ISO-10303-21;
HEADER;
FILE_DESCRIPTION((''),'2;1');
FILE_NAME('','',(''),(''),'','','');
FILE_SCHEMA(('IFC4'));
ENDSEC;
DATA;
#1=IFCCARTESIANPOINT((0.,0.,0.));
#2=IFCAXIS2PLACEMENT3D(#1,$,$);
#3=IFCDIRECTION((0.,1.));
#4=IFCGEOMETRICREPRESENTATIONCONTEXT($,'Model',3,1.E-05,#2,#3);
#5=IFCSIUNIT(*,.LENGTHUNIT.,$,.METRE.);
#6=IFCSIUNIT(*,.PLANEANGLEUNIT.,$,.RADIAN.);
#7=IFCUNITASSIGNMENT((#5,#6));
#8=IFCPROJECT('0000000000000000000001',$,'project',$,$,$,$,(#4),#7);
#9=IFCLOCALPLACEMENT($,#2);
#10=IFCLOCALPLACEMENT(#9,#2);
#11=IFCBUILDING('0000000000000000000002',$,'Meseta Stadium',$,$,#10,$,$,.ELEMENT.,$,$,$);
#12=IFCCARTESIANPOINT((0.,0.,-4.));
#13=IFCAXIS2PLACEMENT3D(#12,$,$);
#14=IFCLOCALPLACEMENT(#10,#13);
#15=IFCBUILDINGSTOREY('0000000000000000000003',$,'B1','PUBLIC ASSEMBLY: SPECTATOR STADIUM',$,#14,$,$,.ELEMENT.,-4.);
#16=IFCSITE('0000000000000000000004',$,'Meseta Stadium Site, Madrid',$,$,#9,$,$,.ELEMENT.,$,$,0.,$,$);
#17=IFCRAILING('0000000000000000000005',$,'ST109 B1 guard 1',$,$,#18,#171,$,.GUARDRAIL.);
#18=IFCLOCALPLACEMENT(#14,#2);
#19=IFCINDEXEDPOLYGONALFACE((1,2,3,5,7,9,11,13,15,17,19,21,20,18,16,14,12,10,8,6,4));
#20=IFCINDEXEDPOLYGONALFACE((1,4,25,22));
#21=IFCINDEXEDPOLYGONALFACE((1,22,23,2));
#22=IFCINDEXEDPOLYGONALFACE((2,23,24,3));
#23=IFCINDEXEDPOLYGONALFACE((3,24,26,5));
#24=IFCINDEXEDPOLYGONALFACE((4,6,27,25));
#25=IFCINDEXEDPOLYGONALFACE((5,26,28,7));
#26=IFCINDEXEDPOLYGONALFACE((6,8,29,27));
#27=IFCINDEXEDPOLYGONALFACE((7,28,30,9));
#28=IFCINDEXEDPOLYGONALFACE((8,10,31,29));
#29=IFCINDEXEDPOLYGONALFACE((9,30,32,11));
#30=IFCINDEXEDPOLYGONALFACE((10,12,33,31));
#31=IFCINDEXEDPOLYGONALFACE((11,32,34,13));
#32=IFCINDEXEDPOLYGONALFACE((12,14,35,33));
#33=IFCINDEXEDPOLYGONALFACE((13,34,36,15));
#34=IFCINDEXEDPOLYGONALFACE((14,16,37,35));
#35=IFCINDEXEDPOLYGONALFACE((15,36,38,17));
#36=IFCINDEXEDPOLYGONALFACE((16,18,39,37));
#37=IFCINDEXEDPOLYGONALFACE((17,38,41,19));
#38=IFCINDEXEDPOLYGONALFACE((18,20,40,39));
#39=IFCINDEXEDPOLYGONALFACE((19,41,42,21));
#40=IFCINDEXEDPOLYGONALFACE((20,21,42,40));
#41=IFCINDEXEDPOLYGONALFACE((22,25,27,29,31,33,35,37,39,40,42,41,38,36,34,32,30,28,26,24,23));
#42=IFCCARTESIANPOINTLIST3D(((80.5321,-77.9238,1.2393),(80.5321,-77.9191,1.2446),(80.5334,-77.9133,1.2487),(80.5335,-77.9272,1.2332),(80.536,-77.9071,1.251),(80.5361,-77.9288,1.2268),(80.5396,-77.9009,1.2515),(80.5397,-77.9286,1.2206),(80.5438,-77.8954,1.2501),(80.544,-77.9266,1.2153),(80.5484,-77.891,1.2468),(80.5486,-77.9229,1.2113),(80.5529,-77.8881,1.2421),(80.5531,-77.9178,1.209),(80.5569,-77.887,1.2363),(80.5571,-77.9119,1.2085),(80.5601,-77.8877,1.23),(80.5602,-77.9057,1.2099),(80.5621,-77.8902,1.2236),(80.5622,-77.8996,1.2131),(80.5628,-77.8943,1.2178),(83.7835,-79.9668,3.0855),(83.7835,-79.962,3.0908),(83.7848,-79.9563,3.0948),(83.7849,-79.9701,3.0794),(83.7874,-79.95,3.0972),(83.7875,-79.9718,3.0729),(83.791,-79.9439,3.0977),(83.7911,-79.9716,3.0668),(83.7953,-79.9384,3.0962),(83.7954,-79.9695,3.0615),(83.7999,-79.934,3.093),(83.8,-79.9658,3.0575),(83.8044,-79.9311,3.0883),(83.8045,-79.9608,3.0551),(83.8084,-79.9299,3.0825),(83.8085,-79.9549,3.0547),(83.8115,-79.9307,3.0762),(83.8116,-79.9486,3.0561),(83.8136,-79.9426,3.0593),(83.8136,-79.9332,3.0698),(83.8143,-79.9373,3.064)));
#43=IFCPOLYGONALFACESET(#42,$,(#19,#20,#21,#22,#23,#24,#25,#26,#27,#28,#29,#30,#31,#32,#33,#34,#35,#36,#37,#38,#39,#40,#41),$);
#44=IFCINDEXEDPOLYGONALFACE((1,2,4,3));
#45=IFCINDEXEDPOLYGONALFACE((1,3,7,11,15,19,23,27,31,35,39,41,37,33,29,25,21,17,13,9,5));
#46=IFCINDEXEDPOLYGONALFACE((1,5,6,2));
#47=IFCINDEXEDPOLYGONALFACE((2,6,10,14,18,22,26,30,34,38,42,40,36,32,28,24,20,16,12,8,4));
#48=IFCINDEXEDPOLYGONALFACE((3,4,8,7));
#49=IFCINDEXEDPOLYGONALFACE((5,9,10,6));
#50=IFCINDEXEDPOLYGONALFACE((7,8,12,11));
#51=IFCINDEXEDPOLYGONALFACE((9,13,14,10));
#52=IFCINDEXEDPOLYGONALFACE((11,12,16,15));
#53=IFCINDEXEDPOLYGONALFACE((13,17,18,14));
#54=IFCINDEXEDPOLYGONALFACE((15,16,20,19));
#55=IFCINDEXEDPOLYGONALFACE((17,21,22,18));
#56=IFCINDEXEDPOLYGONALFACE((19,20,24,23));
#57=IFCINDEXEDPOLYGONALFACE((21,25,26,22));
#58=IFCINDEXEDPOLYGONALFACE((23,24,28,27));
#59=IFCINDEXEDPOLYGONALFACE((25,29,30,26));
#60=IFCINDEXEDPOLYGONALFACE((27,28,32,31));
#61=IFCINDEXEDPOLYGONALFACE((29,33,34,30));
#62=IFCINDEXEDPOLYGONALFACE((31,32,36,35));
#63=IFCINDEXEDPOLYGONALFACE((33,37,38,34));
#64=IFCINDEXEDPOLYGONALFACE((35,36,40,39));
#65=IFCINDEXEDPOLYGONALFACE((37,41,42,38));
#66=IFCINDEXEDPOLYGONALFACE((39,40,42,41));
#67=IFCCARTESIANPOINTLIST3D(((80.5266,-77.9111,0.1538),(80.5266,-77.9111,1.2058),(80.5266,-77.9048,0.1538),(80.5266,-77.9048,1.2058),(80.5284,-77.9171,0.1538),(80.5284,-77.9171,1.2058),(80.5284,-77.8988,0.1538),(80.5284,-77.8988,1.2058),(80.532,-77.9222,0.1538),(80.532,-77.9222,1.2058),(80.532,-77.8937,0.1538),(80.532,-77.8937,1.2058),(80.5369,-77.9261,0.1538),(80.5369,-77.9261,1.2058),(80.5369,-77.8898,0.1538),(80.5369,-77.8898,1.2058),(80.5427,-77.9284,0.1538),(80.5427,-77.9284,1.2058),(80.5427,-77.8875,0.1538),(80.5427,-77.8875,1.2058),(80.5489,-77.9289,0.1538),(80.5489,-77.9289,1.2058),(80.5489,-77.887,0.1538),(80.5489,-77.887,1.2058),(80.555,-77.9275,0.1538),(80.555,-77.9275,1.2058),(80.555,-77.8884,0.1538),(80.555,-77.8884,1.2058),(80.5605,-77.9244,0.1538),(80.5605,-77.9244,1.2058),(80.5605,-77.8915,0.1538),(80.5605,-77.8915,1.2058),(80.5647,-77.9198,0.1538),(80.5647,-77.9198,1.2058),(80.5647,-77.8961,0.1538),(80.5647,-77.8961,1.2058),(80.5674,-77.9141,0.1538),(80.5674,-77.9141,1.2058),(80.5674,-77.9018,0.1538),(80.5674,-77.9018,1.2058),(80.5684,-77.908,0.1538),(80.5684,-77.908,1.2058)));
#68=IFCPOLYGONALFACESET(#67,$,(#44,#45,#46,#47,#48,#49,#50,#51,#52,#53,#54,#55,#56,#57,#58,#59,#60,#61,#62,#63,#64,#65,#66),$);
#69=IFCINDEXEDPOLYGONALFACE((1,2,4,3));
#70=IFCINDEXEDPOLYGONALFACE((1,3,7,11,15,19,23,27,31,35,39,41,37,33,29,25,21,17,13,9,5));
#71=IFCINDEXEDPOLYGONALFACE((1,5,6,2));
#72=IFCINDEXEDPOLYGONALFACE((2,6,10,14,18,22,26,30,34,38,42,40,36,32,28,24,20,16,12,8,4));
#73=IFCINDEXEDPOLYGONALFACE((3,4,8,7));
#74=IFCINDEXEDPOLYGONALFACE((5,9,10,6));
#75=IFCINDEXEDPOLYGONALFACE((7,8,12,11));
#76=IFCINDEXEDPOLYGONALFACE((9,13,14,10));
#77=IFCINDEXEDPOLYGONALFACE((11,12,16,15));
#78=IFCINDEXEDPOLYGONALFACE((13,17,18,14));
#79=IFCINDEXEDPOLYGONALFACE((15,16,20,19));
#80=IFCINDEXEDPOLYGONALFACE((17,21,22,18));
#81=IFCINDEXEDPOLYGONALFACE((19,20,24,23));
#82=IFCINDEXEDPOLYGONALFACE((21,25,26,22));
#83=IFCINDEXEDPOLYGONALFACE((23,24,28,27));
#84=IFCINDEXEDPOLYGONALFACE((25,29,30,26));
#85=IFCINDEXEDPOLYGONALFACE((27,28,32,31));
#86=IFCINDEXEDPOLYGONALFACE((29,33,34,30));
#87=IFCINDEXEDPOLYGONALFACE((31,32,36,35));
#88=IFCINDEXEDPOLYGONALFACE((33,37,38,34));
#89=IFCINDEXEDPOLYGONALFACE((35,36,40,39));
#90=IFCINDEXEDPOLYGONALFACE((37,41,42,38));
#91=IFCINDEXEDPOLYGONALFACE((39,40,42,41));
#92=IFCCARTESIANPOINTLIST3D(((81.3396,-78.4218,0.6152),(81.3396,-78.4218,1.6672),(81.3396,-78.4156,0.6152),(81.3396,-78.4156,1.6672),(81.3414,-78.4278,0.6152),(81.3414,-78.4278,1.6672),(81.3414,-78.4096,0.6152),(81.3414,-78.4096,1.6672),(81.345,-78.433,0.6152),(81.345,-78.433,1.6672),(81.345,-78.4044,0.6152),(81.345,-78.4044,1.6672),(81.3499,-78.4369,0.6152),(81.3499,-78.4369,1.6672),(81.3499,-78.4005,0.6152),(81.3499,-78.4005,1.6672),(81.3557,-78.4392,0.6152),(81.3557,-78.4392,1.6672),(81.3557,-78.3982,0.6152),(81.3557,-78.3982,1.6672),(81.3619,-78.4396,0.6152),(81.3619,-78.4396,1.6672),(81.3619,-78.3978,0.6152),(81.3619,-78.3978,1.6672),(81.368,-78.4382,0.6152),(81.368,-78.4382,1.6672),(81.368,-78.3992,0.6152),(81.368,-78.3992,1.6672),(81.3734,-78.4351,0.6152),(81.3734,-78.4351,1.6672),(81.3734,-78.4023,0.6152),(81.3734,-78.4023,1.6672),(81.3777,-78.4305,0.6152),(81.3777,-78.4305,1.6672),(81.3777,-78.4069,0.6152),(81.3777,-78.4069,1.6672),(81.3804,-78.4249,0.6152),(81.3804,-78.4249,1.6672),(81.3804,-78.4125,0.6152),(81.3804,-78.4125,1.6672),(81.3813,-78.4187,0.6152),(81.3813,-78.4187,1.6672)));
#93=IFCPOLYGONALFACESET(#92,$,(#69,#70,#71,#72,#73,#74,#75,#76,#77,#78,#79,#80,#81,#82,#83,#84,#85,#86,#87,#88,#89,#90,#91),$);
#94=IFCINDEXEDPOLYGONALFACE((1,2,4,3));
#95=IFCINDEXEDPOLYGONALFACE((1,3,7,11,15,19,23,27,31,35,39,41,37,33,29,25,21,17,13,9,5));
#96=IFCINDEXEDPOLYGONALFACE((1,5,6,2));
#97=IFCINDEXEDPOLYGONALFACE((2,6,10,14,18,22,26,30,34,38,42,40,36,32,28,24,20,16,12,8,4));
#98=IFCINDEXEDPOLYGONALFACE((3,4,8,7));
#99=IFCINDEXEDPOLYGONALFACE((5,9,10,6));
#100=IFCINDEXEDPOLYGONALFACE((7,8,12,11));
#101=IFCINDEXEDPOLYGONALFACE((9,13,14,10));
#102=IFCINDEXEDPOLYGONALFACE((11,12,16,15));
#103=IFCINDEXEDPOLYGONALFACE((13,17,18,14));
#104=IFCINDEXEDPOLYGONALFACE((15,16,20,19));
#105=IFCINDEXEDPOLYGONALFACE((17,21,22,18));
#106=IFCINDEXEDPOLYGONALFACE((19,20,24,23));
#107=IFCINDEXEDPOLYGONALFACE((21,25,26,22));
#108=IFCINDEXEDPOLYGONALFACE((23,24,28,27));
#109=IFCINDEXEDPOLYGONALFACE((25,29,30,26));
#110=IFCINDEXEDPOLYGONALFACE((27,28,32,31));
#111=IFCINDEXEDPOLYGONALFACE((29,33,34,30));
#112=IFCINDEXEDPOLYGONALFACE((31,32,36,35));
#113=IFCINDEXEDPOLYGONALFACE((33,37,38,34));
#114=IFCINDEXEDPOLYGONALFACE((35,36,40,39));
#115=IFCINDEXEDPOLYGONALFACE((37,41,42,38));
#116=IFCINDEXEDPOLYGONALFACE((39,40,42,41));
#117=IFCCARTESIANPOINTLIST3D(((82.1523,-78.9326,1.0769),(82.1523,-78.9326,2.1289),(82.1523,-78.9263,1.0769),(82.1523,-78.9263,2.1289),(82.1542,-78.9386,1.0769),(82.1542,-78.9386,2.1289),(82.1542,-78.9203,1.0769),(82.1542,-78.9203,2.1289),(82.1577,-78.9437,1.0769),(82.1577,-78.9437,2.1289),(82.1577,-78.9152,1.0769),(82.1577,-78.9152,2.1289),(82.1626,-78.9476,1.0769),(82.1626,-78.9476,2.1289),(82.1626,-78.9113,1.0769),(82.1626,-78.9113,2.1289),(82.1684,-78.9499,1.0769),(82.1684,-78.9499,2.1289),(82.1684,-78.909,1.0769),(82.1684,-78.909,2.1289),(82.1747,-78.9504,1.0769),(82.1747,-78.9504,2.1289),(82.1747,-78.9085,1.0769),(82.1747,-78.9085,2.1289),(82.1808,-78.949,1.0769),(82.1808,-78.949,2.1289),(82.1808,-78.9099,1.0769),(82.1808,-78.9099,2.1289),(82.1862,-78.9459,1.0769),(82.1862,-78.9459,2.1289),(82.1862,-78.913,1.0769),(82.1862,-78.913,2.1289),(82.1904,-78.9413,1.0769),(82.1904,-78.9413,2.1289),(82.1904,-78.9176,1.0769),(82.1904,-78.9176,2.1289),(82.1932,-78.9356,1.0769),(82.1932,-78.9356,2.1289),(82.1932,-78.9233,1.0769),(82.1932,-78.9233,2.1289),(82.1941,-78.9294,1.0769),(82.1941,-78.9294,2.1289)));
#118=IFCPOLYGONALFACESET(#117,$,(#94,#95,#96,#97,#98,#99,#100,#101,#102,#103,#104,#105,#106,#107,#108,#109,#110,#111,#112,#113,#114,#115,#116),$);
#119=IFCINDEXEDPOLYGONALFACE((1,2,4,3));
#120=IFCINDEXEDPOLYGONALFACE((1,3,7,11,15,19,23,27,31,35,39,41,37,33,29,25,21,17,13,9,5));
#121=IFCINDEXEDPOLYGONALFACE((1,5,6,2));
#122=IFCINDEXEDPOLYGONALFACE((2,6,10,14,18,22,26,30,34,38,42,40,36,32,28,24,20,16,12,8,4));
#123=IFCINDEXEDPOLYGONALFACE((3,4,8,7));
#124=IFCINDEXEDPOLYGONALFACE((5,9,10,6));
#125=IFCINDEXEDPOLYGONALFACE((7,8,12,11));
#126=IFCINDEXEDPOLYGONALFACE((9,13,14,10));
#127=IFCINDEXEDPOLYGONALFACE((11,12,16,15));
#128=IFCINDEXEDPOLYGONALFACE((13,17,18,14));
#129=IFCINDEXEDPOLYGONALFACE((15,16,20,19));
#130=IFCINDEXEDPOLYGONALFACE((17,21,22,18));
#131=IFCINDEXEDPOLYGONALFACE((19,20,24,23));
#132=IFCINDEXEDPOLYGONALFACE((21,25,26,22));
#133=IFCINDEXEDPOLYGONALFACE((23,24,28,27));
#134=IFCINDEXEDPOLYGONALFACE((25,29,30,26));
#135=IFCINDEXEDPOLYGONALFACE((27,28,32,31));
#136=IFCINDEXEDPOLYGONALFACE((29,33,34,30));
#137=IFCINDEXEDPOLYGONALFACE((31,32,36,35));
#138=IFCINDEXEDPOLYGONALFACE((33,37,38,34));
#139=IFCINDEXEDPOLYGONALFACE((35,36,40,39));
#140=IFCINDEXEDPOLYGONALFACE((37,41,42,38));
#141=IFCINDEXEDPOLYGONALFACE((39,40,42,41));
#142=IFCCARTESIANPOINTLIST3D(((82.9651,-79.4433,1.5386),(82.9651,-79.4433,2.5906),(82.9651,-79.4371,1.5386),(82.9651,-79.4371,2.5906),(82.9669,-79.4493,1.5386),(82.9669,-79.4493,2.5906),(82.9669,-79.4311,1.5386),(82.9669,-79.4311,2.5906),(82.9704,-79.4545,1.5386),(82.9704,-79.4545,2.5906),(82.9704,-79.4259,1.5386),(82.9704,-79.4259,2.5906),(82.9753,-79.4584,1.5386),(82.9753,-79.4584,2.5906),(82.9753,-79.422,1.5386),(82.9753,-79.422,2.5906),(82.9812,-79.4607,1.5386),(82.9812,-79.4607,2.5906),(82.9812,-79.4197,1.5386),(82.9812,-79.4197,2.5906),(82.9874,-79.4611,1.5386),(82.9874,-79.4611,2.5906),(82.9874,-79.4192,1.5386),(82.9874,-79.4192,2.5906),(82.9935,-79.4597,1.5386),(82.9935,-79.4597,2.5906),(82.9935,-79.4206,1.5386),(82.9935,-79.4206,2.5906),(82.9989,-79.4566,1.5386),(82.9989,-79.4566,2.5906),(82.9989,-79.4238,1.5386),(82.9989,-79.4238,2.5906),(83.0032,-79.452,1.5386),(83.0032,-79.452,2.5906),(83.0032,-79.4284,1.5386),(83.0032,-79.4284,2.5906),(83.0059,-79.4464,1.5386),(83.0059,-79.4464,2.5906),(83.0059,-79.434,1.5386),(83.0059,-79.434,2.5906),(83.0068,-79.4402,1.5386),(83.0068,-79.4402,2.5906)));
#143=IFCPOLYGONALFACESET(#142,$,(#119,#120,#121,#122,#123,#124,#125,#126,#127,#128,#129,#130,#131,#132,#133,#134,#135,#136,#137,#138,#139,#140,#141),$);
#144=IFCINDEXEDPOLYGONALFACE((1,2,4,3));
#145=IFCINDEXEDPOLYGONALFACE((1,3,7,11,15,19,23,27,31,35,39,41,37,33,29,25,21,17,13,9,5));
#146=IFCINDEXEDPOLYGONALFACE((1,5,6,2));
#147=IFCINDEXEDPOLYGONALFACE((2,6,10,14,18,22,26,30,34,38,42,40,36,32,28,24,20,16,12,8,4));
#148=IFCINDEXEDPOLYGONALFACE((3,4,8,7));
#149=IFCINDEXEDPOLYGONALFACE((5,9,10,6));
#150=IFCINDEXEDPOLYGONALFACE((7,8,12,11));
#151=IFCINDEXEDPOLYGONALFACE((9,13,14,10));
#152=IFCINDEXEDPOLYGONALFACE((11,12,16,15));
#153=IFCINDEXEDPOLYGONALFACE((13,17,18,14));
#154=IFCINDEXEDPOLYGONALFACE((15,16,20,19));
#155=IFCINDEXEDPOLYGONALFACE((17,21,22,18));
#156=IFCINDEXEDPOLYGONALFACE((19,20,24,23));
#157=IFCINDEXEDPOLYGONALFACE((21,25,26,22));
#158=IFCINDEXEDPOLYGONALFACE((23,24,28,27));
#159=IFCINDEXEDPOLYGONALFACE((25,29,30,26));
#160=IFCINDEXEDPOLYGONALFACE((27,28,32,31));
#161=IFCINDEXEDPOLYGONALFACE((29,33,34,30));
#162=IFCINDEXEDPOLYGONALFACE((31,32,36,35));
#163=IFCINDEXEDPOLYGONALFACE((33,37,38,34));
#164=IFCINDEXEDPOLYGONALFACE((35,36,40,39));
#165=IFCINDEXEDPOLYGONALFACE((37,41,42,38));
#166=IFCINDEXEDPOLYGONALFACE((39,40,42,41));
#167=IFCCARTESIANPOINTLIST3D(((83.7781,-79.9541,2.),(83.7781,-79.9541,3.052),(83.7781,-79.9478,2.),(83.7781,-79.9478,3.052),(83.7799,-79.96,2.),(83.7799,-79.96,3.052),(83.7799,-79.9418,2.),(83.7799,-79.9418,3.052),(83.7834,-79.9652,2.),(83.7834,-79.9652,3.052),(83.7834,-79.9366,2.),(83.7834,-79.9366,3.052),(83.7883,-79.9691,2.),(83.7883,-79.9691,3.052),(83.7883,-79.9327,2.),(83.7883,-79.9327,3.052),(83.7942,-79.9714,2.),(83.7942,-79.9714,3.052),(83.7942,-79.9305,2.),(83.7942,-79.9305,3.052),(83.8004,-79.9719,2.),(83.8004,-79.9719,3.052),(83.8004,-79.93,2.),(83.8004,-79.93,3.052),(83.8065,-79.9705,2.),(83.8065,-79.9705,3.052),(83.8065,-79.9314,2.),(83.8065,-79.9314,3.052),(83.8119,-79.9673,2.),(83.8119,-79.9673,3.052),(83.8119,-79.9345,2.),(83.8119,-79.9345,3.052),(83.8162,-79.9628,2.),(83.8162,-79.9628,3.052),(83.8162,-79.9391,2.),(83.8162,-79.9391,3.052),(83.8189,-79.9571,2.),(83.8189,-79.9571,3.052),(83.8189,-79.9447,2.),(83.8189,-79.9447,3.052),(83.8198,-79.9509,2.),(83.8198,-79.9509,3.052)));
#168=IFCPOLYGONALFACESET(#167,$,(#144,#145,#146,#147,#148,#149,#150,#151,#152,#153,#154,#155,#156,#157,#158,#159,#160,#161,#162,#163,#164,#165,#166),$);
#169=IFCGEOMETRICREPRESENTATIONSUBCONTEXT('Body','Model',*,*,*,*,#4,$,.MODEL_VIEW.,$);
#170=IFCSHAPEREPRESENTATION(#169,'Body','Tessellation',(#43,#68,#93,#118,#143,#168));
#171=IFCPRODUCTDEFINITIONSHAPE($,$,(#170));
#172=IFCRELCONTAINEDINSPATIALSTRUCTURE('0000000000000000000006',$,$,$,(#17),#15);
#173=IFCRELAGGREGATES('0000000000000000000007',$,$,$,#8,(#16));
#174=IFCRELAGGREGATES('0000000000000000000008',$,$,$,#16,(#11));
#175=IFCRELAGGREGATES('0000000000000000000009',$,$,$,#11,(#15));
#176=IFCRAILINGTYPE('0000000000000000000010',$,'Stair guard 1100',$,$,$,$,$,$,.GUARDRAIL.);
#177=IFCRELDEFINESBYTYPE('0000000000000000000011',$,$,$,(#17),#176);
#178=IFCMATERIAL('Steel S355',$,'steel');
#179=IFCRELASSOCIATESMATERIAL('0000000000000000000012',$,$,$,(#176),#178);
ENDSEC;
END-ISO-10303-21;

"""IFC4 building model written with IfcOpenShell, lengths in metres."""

from ifc_helpers import new_model, si_unit, direction, frame, origin, origin_2d, place, context, subcontext, project, spatial, circle, extrude, material, type_object, element, save


model = new_model("IFC4")

# Units and contexts
model_context = context("Model", 3, precision=1e-05, world=origin(), true_north=direction((0.0, 1.0)))
body_context = subcontext(model_context, "Body", "Model", "MODEL_VIEW")
ifc_project = project(units=[si_unit("LENGTHUNIT", "METRE"), si_unit("PLANEANGLEUNIT", "RADIAN")], contexts=[model_context])

# Site, building, storey
site_placement = place(None, origin())
site = spatial("IfcSite", under=ifc_project, at=site_placement, Name="Meseta Stadium Site, Madrid", CompositionType="ELEMENT", RefElevation=0.0)
building_placement = place(site_placement, origin())
building = spatial("IfcBuilding", under=site, at=building_placement, Name="Meseta Stadium", CompositionType="ELEMENT")
storey_placement = place(building_placement, frame((0.0, 0.0, -4.0)))
storey = spatial("IfcBuildingStorey", under=building, at=storey_placement, Name="B1", Description="PUBLIC ASSEMBLY: SPECTATOR STADIUM", CompositionType="ELEMENT", Elevation=-4.0)

# Railing
ifc_material_1 = material(Name="Steel S355", Category="steel")
railing_type_1 = type_object("IfcRailingType", Name="Stair guard 1100", PredefinedType="GUARDRAIL", material=ifc_material_1)
railing_1_placement = place(storey_placement, frame((80.5474, -77.908, 0.1538)))
element("IfcRailing", 1, at=railing_1_placement, inside=storey, type_object=railing_type_1, Name="ST109 B1 guard 1", PredefinedType="GUARDRAIL", context=body_context, shape_type="SweptSolid", body=[
    extrude(circle(Radius=0.0239, at=origin_2d()), frame((0.0, 0.0, 1.0762), z_axis=(0.763117, -0.479483, 0.4333), x_axis=(0.53202, 0.846731, 0.0)), (0.0, 0.0, 1.0), 4.2607),
    extrude(circle(Radius=0.021, at=origin_2d()), origin(), (0.0, 0.0, 1.0), 1.052),
    extrude(circle(Radius=0.021, at=origin_2d()), frame((0.813, -0.5107, 0.4614)), (0.0, 0.0, 1.0), 1.052),
    extrude(circle(Radius=0.021, at=origin_2d()), frame((1.6257, -1.0215, 0.9231)), (0.0, 0.0, 1.0), 1.052),
    extrude(circle(Radius=0.021, at=origin_2d()), frame((2.4385, -1.5322, 1.3848)), (0.0, 0.0, 1.0), 1.052),
    extrude(circle(Radius=0.021, at=origin_2d()), frame((3.2515, -2.043, 1.8462)), (0.0, 0.0, 1.0), 1.052),
])

save(model, "model.ifc")
